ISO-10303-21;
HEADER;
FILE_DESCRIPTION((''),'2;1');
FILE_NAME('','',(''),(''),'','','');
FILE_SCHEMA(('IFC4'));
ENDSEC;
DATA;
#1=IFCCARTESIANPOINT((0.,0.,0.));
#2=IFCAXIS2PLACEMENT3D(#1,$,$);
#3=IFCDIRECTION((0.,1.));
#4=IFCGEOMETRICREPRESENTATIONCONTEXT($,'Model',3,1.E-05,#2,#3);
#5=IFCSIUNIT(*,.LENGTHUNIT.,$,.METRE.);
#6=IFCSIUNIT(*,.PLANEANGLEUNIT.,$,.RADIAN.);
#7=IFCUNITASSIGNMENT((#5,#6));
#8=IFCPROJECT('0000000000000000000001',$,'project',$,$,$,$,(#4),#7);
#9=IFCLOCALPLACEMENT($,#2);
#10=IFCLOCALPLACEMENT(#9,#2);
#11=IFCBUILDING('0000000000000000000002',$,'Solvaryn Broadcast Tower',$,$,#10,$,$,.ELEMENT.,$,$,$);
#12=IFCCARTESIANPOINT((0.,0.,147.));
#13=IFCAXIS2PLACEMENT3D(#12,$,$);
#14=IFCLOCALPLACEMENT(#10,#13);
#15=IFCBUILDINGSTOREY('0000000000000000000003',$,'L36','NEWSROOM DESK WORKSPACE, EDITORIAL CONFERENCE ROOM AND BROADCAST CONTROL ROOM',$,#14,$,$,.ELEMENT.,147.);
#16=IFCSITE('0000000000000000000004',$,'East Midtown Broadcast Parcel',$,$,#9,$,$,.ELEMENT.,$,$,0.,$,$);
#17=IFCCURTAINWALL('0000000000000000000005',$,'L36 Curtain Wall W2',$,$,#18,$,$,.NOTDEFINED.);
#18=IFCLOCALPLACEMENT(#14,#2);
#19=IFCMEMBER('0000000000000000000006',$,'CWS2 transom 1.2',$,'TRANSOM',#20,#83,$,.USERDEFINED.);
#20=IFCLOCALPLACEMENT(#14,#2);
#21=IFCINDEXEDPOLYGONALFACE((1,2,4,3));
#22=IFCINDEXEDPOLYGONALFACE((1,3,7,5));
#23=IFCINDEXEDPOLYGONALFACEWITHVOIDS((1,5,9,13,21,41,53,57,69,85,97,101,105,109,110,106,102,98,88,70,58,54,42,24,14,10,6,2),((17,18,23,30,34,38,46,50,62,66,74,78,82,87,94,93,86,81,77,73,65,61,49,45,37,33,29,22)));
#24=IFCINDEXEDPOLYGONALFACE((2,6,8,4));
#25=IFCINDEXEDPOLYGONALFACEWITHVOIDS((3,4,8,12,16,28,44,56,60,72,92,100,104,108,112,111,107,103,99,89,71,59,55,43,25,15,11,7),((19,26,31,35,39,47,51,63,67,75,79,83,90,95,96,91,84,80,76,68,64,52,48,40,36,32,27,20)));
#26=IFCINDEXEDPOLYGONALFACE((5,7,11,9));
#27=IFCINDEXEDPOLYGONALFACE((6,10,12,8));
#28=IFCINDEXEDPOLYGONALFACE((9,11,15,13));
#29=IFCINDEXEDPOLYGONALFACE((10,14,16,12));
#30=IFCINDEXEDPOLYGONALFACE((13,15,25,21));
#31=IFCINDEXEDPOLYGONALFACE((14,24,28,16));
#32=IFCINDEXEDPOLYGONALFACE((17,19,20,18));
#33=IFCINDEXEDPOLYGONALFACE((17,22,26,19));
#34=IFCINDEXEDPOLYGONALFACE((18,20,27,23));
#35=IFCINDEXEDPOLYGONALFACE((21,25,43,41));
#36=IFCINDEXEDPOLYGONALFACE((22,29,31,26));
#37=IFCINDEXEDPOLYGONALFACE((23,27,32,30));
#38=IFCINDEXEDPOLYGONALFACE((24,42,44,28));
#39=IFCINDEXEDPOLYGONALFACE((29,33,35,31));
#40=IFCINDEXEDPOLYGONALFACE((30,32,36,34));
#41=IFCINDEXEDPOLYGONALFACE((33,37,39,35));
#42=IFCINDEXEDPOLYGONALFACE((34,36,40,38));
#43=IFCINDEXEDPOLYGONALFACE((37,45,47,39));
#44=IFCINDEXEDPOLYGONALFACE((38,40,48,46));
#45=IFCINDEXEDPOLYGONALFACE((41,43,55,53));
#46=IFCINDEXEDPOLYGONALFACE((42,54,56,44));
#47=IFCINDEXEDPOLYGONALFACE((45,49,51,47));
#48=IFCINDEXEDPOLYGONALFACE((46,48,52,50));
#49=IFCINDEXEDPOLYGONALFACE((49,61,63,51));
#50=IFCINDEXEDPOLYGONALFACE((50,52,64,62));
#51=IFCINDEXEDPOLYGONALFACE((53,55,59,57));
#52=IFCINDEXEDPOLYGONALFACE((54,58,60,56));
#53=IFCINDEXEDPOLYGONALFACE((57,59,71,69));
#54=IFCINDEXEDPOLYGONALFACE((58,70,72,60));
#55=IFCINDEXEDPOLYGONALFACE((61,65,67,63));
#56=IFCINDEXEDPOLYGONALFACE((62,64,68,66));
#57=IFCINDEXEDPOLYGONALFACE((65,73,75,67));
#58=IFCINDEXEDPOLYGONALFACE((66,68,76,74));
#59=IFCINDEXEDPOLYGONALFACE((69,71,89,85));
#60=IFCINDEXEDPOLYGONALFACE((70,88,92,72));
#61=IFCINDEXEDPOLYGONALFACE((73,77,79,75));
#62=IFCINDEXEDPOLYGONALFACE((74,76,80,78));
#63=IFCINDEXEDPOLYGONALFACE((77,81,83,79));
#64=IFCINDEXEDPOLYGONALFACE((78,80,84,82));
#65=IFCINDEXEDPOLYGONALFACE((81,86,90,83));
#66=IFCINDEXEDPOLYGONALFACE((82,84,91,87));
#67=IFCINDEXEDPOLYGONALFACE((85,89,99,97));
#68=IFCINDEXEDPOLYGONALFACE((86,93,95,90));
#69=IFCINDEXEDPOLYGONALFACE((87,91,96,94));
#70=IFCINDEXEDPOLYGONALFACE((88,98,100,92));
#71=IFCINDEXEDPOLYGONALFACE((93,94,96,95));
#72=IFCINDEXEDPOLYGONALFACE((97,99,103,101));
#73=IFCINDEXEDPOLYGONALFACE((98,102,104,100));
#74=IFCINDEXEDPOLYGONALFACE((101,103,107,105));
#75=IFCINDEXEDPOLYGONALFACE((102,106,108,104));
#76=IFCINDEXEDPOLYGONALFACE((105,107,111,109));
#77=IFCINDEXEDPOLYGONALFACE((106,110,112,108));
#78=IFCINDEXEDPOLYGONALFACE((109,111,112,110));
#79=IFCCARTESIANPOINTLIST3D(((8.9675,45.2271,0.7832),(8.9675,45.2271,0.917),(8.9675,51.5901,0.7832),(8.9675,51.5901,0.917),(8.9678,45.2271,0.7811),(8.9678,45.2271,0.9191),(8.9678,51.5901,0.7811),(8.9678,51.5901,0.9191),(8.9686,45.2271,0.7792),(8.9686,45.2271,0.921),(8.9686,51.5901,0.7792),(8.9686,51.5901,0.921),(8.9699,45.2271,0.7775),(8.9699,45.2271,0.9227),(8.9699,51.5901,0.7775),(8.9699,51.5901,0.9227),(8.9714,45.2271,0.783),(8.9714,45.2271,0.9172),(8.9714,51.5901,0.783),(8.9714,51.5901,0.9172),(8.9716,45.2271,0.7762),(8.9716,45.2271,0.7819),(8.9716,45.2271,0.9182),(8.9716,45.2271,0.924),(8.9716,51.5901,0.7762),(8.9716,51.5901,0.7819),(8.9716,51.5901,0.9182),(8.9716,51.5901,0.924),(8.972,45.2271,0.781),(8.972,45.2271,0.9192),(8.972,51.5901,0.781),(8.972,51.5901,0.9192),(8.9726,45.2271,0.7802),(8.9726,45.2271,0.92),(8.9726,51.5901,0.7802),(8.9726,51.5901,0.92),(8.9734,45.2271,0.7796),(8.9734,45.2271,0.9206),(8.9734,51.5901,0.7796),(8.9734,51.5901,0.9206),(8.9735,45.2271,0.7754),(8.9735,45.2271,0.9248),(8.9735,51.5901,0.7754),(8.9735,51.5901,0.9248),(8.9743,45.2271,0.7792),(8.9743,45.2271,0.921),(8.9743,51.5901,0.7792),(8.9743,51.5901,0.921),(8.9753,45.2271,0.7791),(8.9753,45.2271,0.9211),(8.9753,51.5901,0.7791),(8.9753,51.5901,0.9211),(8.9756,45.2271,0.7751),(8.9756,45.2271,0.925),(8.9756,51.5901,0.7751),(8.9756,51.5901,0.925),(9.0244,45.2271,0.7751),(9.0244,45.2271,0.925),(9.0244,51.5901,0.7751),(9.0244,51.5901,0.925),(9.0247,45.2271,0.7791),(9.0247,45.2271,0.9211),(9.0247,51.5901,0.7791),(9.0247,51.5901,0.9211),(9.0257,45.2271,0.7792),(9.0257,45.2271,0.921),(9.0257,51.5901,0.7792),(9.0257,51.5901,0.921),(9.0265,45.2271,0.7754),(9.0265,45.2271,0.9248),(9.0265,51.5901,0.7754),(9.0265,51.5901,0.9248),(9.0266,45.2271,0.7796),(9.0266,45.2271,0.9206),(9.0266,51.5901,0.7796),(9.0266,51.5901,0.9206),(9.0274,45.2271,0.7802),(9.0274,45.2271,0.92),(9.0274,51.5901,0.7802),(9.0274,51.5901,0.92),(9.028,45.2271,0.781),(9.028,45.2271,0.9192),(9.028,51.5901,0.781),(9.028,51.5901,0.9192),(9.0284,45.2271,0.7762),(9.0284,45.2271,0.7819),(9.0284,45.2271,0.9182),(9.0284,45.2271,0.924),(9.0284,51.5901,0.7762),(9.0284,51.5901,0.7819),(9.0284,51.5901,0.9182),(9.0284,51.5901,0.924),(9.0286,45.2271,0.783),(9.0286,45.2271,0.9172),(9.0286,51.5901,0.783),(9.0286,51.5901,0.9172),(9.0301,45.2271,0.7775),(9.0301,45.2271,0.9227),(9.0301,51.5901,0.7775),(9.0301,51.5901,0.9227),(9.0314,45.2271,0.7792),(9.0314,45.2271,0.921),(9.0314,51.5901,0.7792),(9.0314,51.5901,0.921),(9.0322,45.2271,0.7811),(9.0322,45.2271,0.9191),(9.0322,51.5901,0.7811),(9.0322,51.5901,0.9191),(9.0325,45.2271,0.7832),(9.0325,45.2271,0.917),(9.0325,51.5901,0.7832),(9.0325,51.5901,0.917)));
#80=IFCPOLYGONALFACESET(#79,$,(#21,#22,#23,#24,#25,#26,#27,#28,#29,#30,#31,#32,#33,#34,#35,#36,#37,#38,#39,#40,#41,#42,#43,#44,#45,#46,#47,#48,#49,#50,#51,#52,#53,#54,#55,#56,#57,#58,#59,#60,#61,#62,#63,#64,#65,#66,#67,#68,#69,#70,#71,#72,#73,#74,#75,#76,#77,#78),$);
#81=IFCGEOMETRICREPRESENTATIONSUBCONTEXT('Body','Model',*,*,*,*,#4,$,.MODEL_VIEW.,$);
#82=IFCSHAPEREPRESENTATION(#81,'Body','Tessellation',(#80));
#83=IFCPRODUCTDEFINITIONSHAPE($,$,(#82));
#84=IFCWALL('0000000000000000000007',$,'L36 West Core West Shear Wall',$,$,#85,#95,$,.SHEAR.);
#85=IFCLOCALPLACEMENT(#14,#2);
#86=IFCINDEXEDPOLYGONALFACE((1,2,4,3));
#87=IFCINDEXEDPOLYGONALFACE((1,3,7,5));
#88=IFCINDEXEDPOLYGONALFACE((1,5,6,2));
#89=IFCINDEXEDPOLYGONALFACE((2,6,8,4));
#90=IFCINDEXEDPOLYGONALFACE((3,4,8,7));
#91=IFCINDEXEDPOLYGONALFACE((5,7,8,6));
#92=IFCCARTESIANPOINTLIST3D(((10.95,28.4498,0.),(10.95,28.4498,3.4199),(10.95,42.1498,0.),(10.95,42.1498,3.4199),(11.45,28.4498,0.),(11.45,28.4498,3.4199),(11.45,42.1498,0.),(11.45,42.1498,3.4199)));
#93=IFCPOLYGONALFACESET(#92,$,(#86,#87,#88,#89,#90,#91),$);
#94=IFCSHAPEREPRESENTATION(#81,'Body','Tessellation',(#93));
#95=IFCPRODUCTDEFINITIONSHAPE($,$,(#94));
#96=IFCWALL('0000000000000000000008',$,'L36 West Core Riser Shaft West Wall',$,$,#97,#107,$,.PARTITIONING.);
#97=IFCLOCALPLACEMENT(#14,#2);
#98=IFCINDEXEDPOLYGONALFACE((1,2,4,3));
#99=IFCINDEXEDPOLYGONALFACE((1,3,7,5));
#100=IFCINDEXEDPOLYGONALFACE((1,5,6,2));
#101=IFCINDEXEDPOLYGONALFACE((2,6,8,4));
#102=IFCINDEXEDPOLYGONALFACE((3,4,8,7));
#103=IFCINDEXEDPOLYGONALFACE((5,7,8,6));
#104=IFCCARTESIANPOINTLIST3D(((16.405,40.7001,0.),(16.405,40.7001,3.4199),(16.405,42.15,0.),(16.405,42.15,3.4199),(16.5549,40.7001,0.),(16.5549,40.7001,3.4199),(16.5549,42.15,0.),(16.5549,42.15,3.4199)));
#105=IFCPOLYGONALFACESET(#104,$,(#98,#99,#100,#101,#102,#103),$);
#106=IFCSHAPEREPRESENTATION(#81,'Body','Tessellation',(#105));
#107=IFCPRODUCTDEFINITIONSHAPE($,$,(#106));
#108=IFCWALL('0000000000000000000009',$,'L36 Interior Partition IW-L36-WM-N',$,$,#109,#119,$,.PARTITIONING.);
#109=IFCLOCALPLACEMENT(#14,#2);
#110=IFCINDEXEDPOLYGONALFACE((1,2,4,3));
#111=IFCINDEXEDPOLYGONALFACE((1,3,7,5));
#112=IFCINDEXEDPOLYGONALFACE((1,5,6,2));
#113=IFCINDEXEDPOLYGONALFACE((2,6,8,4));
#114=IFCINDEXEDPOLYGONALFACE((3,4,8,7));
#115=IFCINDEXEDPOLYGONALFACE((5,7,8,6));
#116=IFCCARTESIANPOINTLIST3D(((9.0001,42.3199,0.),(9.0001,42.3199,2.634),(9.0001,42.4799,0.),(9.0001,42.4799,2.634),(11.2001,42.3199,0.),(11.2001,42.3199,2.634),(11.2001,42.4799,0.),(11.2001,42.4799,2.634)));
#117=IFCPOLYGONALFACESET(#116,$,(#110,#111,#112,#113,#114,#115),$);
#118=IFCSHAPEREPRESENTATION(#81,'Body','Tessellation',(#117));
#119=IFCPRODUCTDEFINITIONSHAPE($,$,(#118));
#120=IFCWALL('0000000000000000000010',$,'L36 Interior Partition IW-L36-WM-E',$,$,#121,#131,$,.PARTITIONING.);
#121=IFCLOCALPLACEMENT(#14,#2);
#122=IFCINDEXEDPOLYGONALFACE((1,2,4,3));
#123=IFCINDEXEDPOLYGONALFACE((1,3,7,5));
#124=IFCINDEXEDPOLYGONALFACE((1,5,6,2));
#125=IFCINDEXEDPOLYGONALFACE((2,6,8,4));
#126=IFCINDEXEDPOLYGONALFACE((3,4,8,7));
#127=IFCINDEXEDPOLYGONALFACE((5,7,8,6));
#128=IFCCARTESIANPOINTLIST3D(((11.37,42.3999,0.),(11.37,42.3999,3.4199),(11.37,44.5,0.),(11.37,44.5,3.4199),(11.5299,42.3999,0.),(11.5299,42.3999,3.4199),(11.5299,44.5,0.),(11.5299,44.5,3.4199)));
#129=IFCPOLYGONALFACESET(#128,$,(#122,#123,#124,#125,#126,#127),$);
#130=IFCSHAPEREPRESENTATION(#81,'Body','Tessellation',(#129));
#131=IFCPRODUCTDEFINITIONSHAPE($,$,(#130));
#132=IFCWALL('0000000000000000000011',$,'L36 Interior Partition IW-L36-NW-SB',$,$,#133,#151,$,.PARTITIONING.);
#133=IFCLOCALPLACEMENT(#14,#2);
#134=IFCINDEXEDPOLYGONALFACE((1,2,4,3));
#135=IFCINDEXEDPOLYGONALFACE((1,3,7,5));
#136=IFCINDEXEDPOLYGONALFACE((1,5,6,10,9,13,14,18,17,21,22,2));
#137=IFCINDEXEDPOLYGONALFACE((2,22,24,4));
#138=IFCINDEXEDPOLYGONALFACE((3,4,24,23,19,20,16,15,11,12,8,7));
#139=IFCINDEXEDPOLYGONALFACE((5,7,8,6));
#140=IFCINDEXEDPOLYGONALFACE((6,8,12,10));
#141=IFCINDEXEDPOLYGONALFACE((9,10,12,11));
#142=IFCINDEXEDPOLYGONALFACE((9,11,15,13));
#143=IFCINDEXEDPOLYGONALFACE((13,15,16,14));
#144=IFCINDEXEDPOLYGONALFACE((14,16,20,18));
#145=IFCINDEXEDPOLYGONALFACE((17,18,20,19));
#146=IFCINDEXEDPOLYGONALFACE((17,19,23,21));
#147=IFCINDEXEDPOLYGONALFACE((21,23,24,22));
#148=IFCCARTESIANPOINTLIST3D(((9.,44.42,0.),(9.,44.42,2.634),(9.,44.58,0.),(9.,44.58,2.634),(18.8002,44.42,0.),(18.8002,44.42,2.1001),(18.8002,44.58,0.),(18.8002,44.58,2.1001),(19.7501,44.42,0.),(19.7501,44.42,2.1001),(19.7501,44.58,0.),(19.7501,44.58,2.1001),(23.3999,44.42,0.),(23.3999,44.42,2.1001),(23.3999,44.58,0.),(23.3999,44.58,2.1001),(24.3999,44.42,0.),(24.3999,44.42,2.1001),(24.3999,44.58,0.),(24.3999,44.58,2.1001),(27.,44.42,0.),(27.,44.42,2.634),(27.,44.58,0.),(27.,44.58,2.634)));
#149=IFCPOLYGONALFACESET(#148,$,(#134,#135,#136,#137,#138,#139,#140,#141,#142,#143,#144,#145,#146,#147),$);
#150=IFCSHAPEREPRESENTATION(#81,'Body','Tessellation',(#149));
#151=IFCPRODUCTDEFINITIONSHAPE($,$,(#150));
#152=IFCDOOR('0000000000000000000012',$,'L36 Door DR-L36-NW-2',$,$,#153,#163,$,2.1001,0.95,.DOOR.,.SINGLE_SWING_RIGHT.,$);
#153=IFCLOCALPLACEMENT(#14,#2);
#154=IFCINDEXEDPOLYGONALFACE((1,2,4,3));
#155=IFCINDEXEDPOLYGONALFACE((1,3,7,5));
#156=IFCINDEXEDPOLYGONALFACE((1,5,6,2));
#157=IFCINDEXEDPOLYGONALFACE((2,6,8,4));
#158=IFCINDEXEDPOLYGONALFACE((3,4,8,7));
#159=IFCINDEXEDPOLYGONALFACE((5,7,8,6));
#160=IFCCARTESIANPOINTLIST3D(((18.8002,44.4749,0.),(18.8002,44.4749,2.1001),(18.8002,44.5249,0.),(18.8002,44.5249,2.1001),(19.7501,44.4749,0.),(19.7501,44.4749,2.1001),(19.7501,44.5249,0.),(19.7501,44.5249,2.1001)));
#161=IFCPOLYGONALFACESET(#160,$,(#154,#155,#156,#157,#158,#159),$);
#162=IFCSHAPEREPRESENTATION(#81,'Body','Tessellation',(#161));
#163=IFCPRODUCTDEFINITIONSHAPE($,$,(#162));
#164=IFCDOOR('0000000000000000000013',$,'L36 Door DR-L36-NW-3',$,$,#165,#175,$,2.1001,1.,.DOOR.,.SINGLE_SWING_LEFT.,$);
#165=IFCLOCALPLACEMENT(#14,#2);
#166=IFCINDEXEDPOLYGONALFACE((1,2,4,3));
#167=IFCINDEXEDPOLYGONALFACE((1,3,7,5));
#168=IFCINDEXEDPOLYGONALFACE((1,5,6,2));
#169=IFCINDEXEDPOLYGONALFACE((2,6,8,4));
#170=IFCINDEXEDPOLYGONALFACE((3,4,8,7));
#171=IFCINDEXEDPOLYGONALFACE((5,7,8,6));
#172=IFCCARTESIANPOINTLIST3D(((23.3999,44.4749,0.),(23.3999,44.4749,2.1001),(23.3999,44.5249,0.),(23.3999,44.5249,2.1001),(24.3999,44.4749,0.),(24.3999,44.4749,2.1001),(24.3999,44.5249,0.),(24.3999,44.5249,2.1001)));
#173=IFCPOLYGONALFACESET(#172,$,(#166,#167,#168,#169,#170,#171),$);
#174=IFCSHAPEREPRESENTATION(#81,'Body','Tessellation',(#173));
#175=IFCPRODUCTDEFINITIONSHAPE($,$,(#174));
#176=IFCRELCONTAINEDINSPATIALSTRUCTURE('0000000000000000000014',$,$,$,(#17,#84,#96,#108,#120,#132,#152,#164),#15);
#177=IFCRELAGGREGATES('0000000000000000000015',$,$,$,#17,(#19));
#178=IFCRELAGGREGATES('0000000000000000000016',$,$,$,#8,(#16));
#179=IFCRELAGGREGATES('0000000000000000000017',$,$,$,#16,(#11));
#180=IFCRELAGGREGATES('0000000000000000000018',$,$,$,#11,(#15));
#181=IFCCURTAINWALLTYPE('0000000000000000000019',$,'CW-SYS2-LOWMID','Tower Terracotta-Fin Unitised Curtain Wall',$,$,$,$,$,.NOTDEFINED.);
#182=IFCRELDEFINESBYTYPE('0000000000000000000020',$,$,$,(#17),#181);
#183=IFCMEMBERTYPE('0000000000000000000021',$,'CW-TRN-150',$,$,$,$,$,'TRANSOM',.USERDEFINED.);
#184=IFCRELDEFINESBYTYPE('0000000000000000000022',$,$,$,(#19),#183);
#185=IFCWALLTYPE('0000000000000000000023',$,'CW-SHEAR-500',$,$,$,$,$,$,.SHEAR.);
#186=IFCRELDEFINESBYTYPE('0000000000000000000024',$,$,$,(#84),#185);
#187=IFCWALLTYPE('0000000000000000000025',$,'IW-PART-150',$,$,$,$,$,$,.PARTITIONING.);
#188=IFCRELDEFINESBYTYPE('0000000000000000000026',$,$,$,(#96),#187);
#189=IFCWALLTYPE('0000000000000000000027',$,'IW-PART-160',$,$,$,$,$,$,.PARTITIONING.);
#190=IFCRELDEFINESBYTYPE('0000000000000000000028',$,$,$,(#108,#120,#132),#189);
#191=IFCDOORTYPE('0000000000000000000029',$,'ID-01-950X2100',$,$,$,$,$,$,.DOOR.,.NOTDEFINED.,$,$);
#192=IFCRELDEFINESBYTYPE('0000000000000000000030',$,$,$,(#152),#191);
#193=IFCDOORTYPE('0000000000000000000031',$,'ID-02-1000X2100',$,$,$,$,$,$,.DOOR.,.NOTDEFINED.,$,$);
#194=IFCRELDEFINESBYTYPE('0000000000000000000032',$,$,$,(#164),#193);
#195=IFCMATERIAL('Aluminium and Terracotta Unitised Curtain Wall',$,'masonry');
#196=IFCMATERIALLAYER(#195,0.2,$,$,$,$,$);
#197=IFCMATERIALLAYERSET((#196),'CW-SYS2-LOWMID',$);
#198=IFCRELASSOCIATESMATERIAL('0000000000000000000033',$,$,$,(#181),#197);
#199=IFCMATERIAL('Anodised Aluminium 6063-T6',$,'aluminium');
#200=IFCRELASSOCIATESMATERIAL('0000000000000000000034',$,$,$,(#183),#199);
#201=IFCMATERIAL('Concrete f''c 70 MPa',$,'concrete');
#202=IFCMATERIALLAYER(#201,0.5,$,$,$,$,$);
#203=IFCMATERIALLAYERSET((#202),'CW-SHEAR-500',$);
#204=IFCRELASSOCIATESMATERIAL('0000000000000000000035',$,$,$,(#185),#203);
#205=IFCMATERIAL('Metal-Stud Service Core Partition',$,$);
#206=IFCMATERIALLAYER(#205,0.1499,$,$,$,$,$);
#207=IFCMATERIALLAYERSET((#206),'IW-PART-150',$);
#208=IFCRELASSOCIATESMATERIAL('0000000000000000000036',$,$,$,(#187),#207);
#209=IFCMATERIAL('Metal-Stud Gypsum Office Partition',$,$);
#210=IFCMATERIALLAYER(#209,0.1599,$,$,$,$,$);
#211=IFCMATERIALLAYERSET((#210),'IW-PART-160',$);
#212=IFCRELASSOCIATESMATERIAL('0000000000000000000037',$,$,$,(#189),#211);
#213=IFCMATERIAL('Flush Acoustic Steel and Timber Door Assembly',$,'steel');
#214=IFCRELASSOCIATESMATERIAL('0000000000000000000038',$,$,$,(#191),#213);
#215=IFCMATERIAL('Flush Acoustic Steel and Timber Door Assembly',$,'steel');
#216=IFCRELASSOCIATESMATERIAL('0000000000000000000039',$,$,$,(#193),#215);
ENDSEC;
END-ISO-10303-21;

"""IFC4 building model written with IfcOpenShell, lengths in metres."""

from ifc_helpers import new_model, si_unit, direction, frame, frame_2d, origin, origin_2d, place, context, subcontext, project, spatial, rectangle, hollow_rectangle, extrude, material, layer, layer_set, material_profile, profile_set, type_object, element, fill, aggregate, save


model = new_model("IFC4")

# Units and contexts
model_context = context("Model", 3, precision=1e-05, world=origin(), true_north=direction((0.0, 1.0)))
body_context = subcontext(model_context, "Body", "Model", "MODEL_VIEW")
ifc_project = project(units=[si_unit("LENGTHUNIT", "METRE"), si_unit("PLANEANGLEUNIT", "RADIAN")], contexts=[model_context])

# Site, building, storey
site_placement = place(None, origin())
site = spatial("IfcSite", under=ifc_project, at=site_placement, Name="East Midtown Broadcast Parcel", CompositionType="ELEMENT", RefElevation=0.0)
building_placement = place(site_placement, origin())
building = spatial("IfcBuilding", under=site, at=building_placement, Name="Solvaryn Broadcast Tower", CompositionType="ELEMENT")
storey_placement = place(building_placement, frame((0.0, 0.0, 147.0)))
storey = spatial("IfcBuildingStorey", under=building, at=storey_placement, Name="L36", Description="NEWSROOM DESK WORKSPACE, EDITORIAL CONFERENCE ROOM AND BROADCAST CONTROL ROOM", CompositionType="ELEMENT", Elevation=147.0)

# Curtain wall
ifc_material_1 = material(Name="Aluminium and Terracotta Unitised Curtain Wall", Category="masonry")
ifc_layer_1 = layer(ifc_material_1, 0.2)
ifc_layer_set_1 = layer_set([ifc_layer_1], Name="CW-SYS2-LOWMID")
curtain_wall_type = type_object("IfcCurtainWallType", Name="CW-SYS2-LOWMID", Description="Tower Terracotta-Fin Unitised Curtain Wall", PredefinedType="NOTDEFINED", material=ifc_layer_set_1)
curtain_wall_1_placement = place(storey_placement, origin())
curtain_wall_1 = element("IfcCurtainWall", 1, at=curtain_wall_1_placement, inside=storey, type_object=curtain_wall_type, Name="L36 Curtain Wall W2", PredefinedType="NOTDEFINED")

# Member
ifc_material_2 = material(Name="Anodised Aluminium 6063-T6", Category="aluminium")
ifc_material_profile_1 = material_profile(ifc_material_2, hollow_rectangle(XDim=0.0649, YDim=0.1499, WallThickness=0.0039, InnerFilletRadius=0.0039, OuterFilletRadius=0.0081, at=origin_2d()))
ifc_profile_set_1 = profile_set([ifc_material_profile_1], Name="Anodised Aluminium 6063-T6")
member_type_1 = type_object("IfcMemberType", Name="CW-TRN-150", ElementType="TRANSOM", PredefinedType="USERDEFINED", material=ifc_profile_set_1)
member_1_placement = place(storey_placement, frame((9.0, 45.2271, 0.8501), z_axis=(0.0, 1.0, 0.0), x_axis=(-1.0, 0.0, 0.0)))
member_1 = element("IfcMember", 2, at=member_1_placement, type_object=member_type_1, Name="CWS2 transom 1.2", ObjectType="TRANSOM", PredefinedType="USERDEFINED", context=body_context, shape_type="SweptSolid", body=[
    extrude(hollow_rectangle(XDim=0.0649, YDim=0.1499, WallThickness=0.0039, InnerFilletRadius=0.0039, OuterFilletRadius=0.0081, at=origin_2d()), origin(), (0.0, 0.0, 1.0), 6.363),
])
aggregate(curtain_wall_1, [member_1])

# Walls
ifc_material_3 = material(Name="Concrete f'c 70 MPa", Category="concrete")
ifc_layer_2 = layer(ifc_material_3, 0.5)
ifc_layer_set_2 = layer_set([ifc_layer_2], Name="CW-SHEAR-500")
wall_type_1 = type_object("IfcWallType", Name="CW-SHEAR-500", PredefinedType="SHEAR", material=ifc_layer_set_2)
wall_1_placement = place(storey_placement, frame((11.2, 42.1499, 0.0), z_axis=(0.0, 0.0, 1.0), x_axis=(0.0, -1.0, 0.0)))
element("IfcWall", 3, at=wall_1_placement, inside=storey, type_object=wall_type_1, Name="L36 West Core West Shear Wall", PredefinedType="SHEAR", context=body_context, shape_type="SweptSolid", body=[
    extrude(rectangle(XDim=13.7, YDim=0.5, at=frame_2d((6.8501, 0.0))), origin(), (0.0, 0.0, 1.0), 3.4199),
])
ifc_material_4 = material(Name="Metal-Stud Service Core Partition")
ifc_layer_3 = layer(ifc_material_4, 0.1499)
ifc_layer_set_3 = layer_set([ifc_layer_3], Name="IW-PART-150")
wall_type_2 = type_object("IfcWallType", Name="IW-PART-150", PredefinedType="PARTITIONING", material=ifc_layer_set_3)
wall_2_placement = place(storey_placement, frame((16.48, 40.7, 0.0), z_axis=(0.0, 0.0, 1.0), x_axis=(0.0, 1.0, 0.0)))
element("IfcWall", 4, at=wall_2_placement, inside=storey, type_object=wall_type_2, Name="L36 West Core Riser Shaft West Wall", PredefinedType="PARTITIONING", context=body_context, shape_type="SweptSolid", body=[
    extrude(rectangle(XDim=1.45, YDim=0.1499, at=frame_2d((0.7251, 0.0))), origin(), (0.0, 0.0, 1.0), 3.4199),
])
ifc_material_5 = material(Name="Metal-Stud Gypsum Office Partition")
ifc_layer_4 = layer(ifc_material_5, 0.1599)
ifc_layer_set_4 = layer_set([ifc_layer_4], Name="IW-PART-160")
wall_type_3 = type_object("IfcWallType", Name="IW-PART-160", PredefinedType="PARTITIONING", material=ifc_layer_set_4)
wall_3_placement = place(storey_placement, frame((9.0, 42.3999, 0.0), z_axis=(0.0, 0.0, 1.0), x_axis=(1.0, 0.0, 0.0)))
element("IfcWall", 5, at=wall_3_placement, inside=storey, type_object=wall_type_3, Name="L36 Interior Partition IW-L36-WM-N", PredefinedType="PARTITIONING", context=body_context, shape_type="SweptSolid", body=[
    extrude(rectangle(XDim=2.2, YDim=0.1599, at=frame_2d((1.1001, 0.0))), origin(), (0.0, 0.0, 1.0), 2.634),
])
wall_4_placement = place(storey_placement, frame((11.45, 42.3999, 0.0), z_axis=(0.0, 0.0, 1.0), x_axis=(0.0, 1.0, 0.0)))
element("IfcWall", 6, at=wall_4_placement, inside=storey, type_object=wall_type_3, Name="L36 Interior Partition IW-L36-WM-E", PredefinedType="PARTITIONING", context=body_context, shape_type="SweptSolid", body=[
    extrude(rectangle(XDim=2.1001, YDim=0.1599, at=frame_2d((1.05, 0.0))), origin(), (0.0, 0.0, 1.0), 3.4199),
])

# Wall, openings, doors
wall_5_placement = place(storey_placement, frame((9.0, 44.5, 0.0), z_axis=(0.0, 0.0, 1.0), x_axis=(1.0, 0.0, 0.0)))
wall_5 = element("IfcWall", 7, at=wall_5_placement, inside=storey, type_object=wall_type_3, Name="L36 Interior Partition IW-L36-NW-SB", PredefinedType="PARTITIONING", context=body_context, shape_type="SweptSolid", body=[
    extrude(rectangle(XDim=18.0, YDim=0.1599, at=frame_2d((9.0, 0.0))), origin(), (0.0, 0.0, 1.0), 2.634),
])
opening_1_placement = place(wall_5_placement, frame((9.8, 0.0, 0.0)))
opening_1 = element("IfcOpeningElement", 8, at=opening_1_placement, cuts=wall_5, PredefinedType="OPENING", context=body_context, shape_type="SweptSolid", body=[
    extrude(rectangle(XDim=0.95, YDim=2.1001, at=frame_2d((0.4751, 1.05))), frame((0.0, 0.0901, 0.0), z_axis=(0.0, -1.0, 0.0), x_axis=(1.0, 0.0, 0.0)), (0.0, 0.0, 1.0), 0.1799),
])
opening_2_placement = place(wall_5_placement, frame((14.3999, 0.0, 0.0)))
opening_2 = element("IfcOpeningElement", 9, at=opening_2_placement, cuts=wall_5, PredefinedType="OPENING", context=body_context, shape_type="SweptSolid", body=[
    extrude(rectangle(XDim=1.0, YDim=2.1001, at=frame_2d((0.5, 1.05))), frame((0.0, 0.0901, 0.0), z_axis=(0.0, -1.0, 0.0), x_axis=(1.0, 0.0, 0.0)), (0.0, 0.0, 1.0), 0.1799),
])
ifc_material_6 = material(Name="Flush Acoustic Steel and Timber Door Assembly", Category="steel")
door_type_1 = type_object("IfcDoorType", Name="ID-01-950X2100", OperationType="NOTDEFINED", PredefinedType="DOOR", material=ifc_material_6)
door_1_placement = place(opening_1_placement, origin())
door_1 = element("IfcDoor", 10, at=door_1_placement, inside=storey, type_object=door_type_1, Name="L36 Door DR-L36-NW-2", OperationType="SINGLE_SWING_RIGHT", OverallHeight=2.1001, OverallWidth=0.95, PredefinedType="DOOR", context=body_context, shape_type="SweptSolid", body=[
    extrude(rectangle(XDim=0.95, YDim=2.1001, at=frame_2d((0.4751, 1.05))), frame((0.0, 0.0249, 0.0), z_axis=(0.0, -1.0, 0.0), x_axis=(1.0, 0.0, 0.0)), (0.0, 0.0, 1.0), 0.05),
])
fill(opening_1, door_1)
ifc_material_7 = material(Name="Flush Acoustic Steel and Timber Door Assembly", Category="steel")
door_type_2 = type_object("IfcDoorType", Name="ID-02-1000X2100", OperationType="NOTDEFINED", PredefinedType="DOOR", material=ifc_material_7)
door_2_placement = place(opening_2_placement, origin())
door_2 = element("IfcDoor", 11, at=door_2_placement, inside=storey, type_object=door_type_2, Name="L36 Door DR-L36-NW-3", OperationType="SINGLE_SWING_LEFT", OverallHeight=2.1001, OverallWidth=1.0, PredefinedType="DOOR", context=body_context, shape_type="SweptSolid", body=[
    extrude(rectangle(XDim=1.0, YDim=2.1001, at=frame_2d((0.5, 1.05))), frame((0.0, 0.0249, 0.0), z_axis=(0.0, -1.0, 0.0), x_axis=(1.0, 0.0, 0.0)), (0.0, 0.0, 1.0), 0.05),
])
fill(opening_2, door_2)

save(model, "model.ifc")
